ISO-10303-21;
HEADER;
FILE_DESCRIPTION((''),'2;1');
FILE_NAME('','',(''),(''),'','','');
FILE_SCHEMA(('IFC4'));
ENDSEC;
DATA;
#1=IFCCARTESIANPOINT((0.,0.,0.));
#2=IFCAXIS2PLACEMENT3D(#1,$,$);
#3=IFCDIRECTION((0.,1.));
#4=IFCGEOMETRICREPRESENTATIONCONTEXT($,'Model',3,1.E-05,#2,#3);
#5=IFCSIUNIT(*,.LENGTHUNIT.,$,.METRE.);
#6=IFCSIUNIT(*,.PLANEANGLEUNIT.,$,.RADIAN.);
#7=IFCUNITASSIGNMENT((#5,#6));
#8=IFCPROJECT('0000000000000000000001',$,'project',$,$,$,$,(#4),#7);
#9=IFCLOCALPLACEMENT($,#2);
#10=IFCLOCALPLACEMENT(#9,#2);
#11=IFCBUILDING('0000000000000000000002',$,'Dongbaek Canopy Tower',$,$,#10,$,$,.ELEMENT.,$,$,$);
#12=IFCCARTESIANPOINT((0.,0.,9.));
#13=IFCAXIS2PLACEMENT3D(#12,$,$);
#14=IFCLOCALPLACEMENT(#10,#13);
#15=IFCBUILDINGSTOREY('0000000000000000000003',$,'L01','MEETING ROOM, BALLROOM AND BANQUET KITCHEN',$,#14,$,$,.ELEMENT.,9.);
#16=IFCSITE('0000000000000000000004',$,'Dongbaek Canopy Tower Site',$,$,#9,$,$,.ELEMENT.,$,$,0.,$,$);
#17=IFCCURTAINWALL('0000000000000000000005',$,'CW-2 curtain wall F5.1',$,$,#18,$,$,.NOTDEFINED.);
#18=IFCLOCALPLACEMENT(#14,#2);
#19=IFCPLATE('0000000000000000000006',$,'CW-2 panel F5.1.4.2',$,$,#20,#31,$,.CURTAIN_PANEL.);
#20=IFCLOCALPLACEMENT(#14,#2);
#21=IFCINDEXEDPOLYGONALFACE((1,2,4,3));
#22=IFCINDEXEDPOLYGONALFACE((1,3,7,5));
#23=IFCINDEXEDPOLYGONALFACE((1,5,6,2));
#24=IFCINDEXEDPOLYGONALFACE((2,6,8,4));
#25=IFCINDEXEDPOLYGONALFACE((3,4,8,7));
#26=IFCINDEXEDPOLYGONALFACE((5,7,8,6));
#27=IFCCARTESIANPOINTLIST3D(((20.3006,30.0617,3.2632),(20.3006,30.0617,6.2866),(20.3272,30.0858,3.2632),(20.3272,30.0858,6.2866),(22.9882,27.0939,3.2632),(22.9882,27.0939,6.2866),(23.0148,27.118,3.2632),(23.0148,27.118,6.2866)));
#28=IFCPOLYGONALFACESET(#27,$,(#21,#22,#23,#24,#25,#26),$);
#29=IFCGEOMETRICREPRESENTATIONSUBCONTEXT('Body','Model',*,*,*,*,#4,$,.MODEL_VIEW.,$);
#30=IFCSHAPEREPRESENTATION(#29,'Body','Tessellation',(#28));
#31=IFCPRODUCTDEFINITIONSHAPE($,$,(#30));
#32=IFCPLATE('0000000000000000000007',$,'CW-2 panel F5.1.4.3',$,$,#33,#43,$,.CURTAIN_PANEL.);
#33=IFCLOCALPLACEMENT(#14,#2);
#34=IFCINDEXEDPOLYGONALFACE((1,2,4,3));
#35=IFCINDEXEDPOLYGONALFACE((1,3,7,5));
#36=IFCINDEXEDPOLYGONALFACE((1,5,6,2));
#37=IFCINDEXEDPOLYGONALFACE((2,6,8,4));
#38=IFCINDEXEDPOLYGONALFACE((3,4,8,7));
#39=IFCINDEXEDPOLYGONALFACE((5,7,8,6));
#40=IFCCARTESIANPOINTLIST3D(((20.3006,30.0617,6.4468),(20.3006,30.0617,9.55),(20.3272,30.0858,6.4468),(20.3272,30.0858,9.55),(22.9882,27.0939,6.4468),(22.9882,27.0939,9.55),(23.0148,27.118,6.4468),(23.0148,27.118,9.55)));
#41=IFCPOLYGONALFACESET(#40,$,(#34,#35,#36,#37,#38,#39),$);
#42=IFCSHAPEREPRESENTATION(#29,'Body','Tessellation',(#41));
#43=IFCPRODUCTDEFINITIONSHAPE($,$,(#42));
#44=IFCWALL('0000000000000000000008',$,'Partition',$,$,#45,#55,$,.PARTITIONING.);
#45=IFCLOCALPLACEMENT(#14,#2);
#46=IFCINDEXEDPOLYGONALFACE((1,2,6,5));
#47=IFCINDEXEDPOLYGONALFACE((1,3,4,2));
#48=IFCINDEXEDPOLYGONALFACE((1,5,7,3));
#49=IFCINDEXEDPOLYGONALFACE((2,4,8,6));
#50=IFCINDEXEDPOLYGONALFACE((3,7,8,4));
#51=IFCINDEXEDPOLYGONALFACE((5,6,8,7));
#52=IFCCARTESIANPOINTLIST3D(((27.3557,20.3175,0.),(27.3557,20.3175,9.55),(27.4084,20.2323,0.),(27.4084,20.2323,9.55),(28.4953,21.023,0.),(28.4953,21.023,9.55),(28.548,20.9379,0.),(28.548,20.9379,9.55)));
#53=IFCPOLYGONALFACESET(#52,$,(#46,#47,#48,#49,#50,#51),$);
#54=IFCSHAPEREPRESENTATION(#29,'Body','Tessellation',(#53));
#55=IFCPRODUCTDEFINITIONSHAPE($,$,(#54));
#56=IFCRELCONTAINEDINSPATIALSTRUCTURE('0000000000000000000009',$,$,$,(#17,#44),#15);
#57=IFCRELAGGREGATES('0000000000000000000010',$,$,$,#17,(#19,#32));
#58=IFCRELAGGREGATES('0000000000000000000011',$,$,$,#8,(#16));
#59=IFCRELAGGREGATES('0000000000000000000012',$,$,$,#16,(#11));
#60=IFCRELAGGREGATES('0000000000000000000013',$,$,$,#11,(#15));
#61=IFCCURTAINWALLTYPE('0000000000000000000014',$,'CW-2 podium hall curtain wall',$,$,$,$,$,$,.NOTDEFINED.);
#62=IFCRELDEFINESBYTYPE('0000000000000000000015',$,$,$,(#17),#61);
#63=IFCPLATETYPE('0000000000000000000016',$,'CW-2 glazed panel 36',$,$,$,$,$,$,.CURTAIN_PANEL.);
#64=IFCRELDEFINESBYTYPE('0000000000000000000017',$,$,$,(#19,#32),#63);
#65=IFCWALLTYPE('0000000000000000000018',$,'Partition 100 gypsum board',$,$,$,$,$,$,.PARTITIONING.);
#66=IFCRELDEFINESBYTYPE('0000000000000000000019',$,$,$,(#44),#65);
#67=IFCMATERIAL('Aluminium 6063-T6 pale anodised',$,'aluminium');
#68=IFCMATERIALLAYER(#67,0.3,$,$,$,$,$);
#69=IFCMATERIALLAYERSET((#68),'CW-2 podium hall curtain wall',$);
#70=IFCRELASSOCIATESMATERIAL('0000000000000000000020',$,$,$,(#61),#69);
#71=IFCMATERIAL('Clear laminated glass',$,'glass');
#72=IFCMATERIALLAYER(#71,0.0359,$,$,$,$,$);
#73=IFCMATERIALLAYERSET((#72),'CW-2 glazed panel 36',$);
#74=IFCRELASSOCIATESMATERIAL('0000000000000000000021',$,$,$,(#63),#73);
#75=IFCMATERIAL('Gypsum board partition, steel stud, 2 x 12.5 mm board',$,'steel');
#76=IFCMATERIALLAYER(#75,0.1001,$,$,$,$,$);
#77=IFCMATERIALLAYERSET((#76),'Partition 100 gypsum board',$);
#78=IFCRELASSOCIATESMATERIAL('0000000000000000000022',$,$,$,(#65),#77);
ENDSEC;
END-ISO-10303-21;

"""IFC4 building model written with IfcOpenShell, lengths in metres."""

from ifc_helpers import new_model, si_unit, direction, frame, frame_2d, origin, origin_2d, place, context, subcontext, project, spatial, rectangle, extrude, material, layer, layer_set, type_object, element, aggregate, save


model = new_model("IFC4")

# Units and contexts
model_context = context("Model", 3, precision=1e-05, world=origin(), true_north=direction((0.0, 1.0)))
body_context = subcontext(model_context, "Body", "Model", "MODEL_VIEW")
ifc_project = project(units=[si_unit("LENGTHUNIT", "METRE"), si_unit("PLANEANGLEUNIT", "RADIAN")], contexts=[model_context])

# Site, building, storey
site_placement = place(None, origin())
site = spatial("IfcSite", under=ifc_project, at=site_placement, Name="Dongbaek Canopy Tower Site", CompositionType="ELEMENT", RefElevation=0.0)
building_placement = place(site_placement, origin())
building = spatial("IfcBuilding", under=site, at=building_placement, Name="Dongbaek Canopy Tower", CompositionType="ELEMENT")
storey_placement = place(building_placement, frame((0.0, 0.0, 9.0)))
storey = spatial("IfcBuildingStorey", under=building, at=storey_placement, Name="L01", Description="MEETING ROOM, BALLROOM AND BANQUET KITCHEN", CompositionType="ELEMENT", Elevation=9.0)

# Curtain wall, plates
ifc_material_1 = material(Name="Aluminium 6063-T6 pale anodised", Category="aluminium")
ifc_layer_1 = layer(ifc_material_1, 0.3)
ifc_layer_set_1 = layer_set([ifc_layer_1], Name="CW-2 podium hall curtain wall")
curtain_wall_type = type_object("IfcCurtainWallType", Name="CW-2 podium hall curtain wall", PredefinedType="NOTDEFINED", material=ifc_layer_set_1)
curtain_wall_placement = place(storey_placement, origin())
curtain_wall = element("IfcCurtainWall", 1, at=curtain_wall_placement, inside=storey, type_object=curtain_wall_type, Name="CW-2 curtain wall F5.1", PredefinedType="NOTDEFINED")
ifc_material_2 = material(Name="Clear laminated glass", Category="glass")
ifc_layer_2 = layer(ifc_material_2, 0.0359)
ifc_layer_set_2 = layer_set([ifc_layer_2], Name="CW-2 glazed panel 36")
plate_type = type_object("IfcPlateType", Name="CW-2 glazed panel 36", PredefinedType="CURTAIN_PANEL", material=ifc_layer_set_2)
plate_1_placement = place(storey_placement, frame((21.6577, 28.5898, 3.2632), z_axis=(0.0, 0.0, 1.0), x_axis=(-0.67126, 0.741222, 0.0)))
plate_1 = element("IfcPlate", 2, at=plate_1_placement, type_object=plate_type, Name="CW-2 panel F5.1.4.2", PredefinedType="CURTAIN_PANEL", context=body_context, shape_type="SweptSolid", body=[
    extrude(rectangle(XDim=4.0039, YDim=0.0359, at=origin_2d()), origin(), (0.0, 0.0, 1.0), 3.0234),
])
plate_2_placement = place(storey_placement, frame((21.6577, 28.5898, 6.4468), z_axis=(0.0, 0.0, 1.0), x_axis=(-0.67126, 0.741222, 0.0)))
plate_2 = element("IfcPlate", 3, at=plate_2_placement, type_object=plate_type, Name="CW-2 panel F5.1.4.3", PredefinedType="CURTAIN_PANEL", context=body_context, shape_type="SweptSolid", body=[
    extrude(rectangle(XDim=4.0039, YDim=0.0359, at=origin_2d()), origin(), (0.0, 0.0, 1.0), 3.1033),
])
aggregate(curtain_wall, [plate_1, plate_2])

# Wall
ifc_material_3 = material(Name="Gypsum board partition, steel stud, 2 x 12.5 mm board", Category="steel")
ifc_layer_3 = layer(ifc_material_3, 0.1001)
ifc_layer_set_3 = layer_set([ifc_layer_3], Name="Partition 100 gypsum board")
wall_type = type_object("IfcWallType", Name="Partition 100 gypsum board", PredefinedType="PARTITIONING", material=ifc_layer_set_3)
wall_placement = place(storey_placement, frame((27.3821, 20.2749, 0.0), z_axis=(0.0, 0.0, 1.0), x_axis=(0.850242, 0.526392, 0.0)))
element("IfcWall", 4, at=wall_placement, inside=storey, type_object=wall_type, Name="Partition", PredefinedType="PARTITIONING", context=body_context, shape_type="SweptSolid", body=[
    extrude(rectangle(XDim=1.3403, YDim=0.1001, at=frame_2d((0.6702, 0.0))), origin(), (0.0, 0.0, 1.0), 9.55),
])

save(model, "model.ifc")
